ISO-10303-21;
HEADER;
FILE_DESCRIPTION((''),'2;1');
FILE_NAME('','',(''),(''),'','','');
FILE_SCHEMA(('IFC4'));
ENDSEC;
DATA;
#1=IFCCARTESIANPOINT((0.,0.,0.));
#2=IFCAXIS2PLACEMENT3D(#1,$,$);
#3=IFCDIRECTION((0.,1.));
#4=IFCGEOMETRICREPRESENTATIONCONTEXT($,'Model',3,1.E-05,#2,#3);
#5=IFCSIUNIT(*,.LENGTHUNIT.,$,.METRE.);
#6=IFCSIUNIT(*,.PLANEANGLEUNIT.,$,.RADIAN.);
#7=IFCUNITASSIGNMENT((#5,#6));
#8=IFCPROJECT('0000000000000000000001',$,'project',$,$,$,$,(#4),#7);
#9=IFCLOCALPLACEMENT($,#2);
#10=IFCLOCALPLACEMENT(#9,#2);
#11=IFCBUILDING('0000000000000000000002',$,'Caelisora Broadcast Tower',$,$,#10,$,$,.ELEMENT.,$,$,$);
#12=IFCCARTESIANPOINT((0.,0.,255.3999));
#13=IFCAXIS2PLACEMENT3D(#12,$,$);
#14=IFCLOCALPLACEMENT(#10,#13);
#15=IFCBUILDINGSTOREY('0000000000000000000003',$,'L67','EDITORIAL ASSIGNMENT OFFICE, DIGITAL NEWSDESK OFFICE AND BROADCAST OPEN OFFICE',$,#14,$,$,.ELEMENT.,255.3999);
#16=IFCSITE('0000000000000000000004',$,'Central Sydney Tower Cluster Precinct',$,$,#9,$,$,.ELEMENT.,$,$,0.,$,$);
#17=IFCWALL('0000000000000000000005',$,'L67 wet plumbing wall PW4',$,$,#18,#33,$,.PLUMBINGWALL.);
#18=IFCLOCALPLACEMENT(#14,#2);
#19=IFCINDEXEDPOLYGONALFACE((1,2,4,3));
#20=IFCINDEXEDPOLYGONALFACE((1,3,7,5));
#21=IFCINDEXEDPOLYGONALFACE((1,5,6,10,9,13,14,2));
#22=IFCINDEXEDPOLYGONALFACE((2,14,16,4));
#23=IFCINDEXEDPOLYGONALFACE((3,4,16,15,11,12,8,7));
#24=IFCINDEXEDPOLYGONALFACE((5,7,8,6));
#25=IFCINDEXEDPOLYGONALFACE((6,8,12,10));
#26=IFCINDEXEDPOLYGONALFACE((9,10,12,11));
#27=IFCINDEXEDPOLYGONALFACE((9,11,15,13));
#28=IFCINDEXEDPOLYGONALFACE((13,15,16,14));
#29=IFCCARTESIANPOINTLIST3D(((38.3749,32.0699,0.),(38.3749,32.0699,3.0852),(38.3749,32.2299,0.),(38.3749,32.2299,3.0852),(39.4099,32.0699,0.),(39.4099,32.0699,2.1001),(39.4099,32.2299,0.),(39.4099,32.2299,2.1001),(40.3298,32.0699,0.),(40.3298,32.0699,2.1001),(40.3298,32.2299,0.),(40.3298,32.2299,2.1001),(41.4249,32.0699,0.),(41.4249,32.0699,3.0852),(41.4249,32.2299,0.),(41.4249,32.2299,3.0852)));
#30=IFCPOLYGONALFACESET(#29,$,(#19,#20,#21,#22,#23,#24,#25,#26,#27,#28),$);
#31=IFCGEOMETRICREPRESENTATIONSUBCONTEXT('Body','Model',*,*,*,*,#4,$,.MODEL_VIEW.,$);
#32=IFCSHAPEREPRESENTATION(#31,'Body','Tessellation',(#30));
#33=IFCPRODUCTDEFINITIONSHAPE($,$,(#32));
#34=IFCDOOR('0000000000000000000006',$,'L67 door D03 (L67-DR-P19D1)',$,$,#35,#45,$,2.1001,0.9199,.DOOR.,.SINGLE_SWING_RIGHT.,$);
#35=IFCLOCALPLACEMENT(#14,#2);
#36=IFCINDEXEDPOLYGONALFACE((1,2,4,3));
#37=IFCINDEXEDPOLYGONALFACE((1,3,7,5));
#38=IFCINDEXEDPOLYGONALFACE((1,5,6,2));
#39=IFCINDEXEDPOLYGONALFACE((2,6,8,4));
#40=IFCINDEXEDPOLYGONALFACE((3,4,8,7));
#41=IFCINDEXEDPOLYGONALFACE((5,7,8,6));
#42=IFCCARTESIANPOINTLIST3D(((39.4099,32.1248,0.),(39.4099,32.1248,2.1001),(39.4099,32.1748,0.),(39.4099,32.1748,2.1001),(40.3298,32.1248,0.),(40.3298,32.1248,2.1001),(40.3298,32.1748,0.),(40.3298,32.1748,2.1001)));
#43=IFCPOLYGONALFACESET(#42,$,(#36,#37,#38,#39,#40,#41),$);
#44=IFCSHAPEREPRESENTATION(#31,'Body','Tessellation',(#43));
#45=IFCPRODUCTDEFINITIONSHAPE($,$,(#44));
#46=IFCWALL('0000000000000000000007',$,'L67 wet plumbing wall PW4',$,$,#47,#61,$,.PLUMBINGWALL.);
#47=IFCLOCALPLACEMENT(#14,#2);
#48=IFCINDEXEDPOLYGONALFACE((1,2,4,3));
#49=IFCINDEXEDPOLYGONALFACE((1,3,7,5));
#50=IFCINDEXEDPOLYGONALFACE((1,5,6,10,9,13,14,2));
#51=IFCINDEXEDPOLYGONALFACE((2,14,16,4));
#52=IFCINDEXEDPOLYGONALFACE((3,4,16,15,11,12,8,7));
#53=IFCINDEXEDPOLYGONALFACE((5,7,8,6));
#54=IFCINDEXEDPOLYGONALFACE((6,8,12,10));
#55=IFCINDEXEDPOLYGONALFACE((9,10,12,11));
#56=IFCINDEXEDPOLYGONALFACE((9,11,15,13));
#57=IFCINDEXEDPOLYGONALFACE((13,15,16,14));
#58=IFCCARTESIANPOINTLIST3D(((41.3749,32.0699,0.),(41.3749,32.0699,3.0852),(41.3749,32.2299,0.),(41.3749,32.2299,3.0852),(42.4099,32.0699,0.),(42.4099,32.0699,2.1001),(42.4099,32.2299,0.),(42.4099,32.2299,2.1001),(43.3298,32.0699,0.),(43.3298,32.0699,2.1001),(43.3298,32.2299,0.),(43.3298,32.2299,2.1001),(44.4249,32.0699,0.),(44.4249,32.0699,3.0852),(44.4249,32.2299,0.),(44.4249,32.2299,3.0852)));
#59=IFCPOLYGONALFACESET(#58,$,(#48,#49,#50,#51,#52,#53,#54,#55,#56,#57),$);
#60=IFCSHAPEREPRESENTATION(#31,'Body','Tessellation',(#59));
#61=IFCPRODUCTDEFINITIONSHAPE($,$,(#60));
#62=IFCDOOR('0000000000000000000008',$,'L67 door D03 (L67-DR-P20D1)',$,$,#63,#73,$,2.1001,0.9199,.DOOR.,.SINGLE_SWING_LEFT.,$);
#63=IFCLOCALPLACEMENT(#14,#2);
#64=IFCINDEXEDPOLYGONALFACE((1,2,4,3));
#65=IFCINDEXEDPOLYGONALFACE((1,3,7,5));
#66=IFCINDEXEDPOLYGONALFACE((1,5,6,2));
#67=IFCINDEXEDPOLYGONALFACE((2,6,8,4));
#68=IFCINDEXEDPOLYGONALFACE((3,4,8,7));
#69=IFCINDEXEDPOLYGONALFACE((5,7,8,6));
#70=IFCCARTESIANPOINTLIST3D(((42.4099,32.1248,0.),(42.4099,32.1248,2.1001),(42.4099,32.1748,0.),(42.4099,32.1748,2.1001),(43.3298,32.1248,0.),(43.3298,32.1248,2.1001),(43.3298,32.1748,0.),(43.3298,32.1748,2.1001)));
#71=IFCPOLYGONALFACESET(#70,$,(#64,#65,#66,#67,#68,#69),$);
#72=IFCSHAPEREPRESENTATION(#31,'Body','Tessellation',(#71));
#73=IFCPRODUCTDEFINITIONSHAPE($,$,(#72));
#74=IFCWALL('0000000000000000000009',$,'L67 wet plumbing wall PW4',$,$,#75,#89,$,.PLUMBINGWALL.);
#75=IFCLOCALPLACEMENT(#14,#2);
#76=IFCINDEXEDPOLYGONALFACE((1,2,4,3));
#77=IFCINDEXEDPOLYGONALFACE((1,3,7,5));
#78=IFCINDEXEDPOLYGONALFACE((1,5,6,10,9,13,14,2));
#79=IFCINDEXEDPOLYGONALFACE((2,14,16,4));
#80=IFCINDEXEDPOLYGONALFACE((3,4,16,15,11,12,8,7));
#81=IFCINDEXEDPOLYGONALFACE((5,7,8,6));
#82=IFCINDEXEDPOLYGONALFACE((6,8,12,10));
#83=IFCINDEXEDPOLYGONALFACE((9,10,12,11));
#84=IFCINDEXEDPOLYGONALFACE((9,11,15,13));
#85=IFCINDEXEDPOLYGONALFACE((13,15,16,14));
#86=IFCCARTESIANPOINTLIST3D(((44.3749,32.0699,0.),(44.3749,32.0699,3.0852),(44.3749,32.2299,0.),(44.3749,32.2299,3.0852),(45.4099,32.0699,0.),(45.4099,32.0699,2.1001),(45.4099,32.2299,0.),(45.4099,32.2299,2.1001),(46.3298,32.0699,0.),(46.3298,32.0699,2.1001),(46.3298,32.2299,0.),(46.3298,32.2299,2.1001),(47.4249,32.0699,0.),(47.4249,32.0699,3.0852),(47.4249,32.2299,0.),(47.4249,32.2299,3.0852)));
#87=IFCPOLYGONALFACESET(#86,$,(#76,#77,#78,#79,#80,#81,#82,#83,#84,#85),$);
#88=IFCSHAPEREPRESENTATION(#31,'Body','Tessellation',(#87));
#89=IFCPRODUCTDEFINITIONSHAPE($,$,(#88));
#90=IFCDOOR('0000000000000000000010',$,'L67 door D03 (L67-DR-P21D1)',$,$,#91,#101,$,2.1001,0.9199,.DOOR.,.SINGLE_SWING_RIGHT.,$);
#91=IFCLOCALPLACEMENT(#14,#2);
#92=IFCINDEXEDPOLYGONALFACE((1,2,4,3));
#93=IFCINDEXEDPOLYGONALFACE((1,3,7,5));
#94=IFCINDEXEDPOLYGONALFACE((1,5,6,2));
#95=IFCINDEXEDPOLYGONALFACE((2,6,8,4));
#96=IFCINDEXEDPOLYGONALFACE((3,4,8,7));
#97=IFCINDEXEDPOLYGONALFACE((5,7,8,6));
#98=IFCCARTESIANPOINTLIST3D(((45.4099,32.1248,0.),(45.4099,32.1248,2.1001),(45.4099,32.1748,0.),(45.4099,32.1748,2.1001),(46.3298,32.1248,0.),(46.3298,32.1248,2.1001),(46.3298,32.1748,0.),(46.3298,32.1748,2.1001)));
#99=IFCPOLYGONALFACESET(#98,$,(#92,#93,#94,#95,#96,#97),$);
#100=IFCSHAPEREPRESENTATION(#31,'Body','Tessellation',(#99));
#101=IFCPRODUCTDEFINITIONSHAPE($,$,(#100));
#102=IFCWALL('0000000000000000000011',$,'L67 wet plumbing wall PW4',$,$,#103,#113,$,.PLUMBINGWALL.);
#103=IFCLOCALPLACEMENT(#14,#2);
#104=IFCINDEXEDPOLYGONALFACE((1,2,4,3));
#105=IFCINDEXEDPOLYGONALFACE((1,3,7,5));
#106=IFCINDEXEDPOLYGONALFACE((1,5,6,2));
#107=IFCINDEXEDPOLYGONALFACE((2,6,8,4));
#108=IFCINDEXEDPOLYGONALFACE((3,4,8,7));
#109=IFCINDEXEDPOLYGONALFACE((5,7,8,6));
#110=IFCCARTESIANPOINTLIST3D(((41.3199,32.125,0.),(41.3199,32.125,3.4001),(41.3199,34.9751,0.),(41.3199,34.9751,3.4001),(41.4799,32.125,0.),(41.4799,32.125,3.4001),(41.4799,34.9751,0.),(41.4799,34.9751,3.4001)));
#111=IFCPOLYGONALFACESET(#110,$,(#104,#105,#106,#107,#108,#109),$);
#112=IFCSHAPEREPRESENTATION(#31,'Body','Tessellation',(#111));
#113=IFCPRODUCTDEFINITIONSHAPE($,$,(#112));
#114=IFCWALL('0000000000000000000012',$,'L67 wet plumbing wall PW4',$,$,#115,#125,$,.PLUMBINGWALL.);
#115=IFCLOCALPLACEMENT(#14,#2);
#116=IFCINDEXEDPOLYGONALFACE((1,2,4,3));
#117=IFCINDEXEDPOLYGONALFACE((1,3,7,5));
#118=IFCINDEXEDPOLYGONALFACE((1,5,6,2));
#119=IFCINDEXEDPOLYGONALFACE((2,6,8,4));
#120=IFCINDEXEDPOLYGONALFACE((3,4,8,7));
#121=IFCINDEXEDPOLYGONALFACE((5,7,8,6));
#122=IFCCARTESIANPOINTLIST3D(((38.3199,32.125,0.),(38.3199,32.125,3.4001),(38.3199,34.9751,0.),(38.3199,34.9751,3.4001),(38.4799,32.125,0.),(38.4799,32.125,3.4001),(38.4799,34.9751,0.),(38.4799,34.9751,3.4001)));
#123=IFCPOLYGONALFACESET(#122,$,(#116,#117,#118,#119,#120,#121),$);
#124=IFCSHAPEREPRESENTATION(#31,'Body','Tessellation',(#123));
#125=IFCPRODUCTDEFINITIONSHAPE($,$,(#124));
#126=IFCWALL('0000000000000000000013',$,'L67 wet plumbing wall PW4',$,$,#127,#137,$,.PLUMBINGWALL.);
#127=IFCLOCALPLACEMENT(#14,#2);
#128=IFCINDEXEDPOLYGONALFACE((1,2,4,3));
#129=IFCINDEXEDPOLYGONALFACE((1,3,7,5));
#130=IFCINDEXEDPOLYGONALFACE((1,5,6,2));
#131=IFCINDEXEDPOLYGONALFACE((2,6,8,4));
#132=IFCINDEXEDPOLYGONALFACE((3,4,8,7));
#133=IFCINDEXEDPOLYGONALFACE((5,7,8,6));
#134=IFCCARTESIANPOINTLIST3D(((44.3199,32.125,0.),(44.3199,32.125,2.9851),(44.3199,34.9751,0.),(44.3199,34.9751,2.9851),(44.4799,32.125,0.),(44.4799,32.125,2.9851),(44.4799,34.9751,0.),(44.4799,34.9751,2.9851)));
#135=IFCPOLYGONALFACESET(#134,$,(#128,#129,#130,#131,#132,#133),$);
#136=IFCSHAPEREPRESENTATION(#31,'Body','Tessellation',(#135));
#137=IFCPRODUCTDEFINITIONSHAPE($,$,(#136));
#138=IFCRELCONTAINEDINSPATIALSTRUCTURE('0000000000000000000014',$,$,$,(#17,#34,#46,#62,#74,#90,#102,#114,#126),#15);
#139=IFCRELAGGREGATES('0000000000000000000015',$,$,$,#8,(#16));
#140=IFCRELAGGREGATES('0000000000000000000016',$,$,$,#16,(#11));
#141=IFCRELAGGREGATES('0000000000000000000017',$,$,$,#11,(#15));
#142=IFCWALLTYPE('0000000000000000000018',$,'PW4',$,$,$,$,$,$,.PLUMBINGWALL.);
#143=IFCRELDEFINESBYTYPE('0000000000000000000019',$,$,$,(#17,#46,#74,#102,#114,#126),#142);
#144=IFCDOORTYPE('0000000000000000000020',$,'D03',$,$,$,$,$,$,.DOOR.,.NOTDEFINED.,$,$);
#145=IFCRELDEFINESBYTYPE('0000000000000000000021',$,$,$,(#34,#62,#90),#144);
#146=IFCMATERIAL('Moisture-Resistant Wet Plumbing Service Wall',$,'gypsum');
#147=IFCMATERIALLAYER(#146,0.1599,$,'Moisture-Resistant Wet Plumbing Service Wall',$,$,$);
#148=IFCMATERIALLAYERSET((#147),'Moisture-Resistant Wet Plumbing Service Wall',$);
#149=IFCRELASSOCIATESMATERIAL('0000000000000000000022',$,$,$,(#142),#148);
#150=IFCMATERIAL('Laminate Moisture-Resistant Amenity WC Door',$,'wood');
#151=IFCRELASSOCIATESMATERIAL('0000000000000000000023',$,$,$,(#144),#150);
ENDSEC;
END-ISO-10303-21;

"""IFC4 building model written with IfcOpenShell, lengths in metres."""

from ifc_helpers import new_model, si_unit, direction, frame, frame_2d, origin, place, context, subcontext, project, spatial, rectangle, extrude, material, layer, layer_set, type_object, element, fill, save


model = new_model("IFC4")

# Units and contexts
model_context = context("Model", 3, precision=1e-05, world=origin(), true_north=direction((0.0, 1.0)))
body_context = subcontext(model_context, "Body", "Model", "MODEL_VIEW")
ifc_project = project(units=[si_unit("LENGTHUNIT", "METRE"), si_unit("PLANEANGLEUNIT", "RADIAN")], contexts=[model_context])

# Site, building, storey
site_placement = place(None, origin())
site = spatial("IfcSite", under=ifc_project, at=site_placement, Name="Central Sydney Tower Cluster Precinct", CompositionType="ELEMENT", RefElevation=0.0)
building_placement = place(site_placement, origin())
building = spatial("IfcBuilding", under=site, at=building_placement, Name="Caelisora Broadcast Tower", CompositionType="ELEMENT")
storey_placement = place(building_placement, frame((0.0, 0.0, 255.3999)))
storey = spatial("IfcBuildingStorey", under=building, at=storey_placement, Name="L67", Description="EDITORIAL ASSIGNMENT OFFICE, DIGITAL NEWSDESK OFFICE AND BROADCAST OPEN OFFICE", CompositionType="ELEMENT", Elevation=255.3999)

# Walls, openings, doors
ifc_material_1 = material(Name="Moisture-Resistant Wet Plumbing Service Wall", Category="gypsum")
ifc_layer_1 = layer(ifc_material_1, 0.1599, Name="Moisture-Resistant Wet Plumbing Service Wall")
ifc_layer_set_1 = layer_set([ifc_layer_1], Name="Moisture-Resistant Wet Plumbing Service Wall")
wall_type_1 = type_object("IfcWallType", Name="PW4", PredefinedType="PLUMBINGWALL", material=ifc_layer_set_1)
wall_1_placement = place(storey_placement, frame((38.375, 32.1499, 0.0), z_axis=(0.0, 0.0, 1.0), x_axis=(1.0, 0.0, 0.0)))
wall_1 = element("IfcWall", 1, at=wall_1_placement, inside=storey, type_object=wall_type_1, Name="L67 wet plumbing wall PW4", PredefinedType="PLUMBINGWALL", context=body_context, shape_type="SweptSolid", body=[
    extrude(rectangle(XDim=3.05, YDim=0.1599, at=frame_2d((1.5249, 0.0))), origin(), (0.0, 0.0, 1.0), 3.0852),
])
opening_1_placement = place(wall_1_placement, frame((1.0349, 0.0, 0.0)))
opening_1 = element("IfcOpeningElement", 2, at=opening_1_placement, cuts=wall_1, PredefinedType="OPENING", context=body_context, shape_type="SweptSolid", body=[
    extrude(rectangle(XDim=0.9199, YDim=2.1001, at=frame_2d((0.46, 1.05))), frame((0.0, 0.092, 0.0), z_axis=(0.0, -1.0, 0.0), x_axis=(1.0, 0.0, 0.0)), (0.0, 0.0, 1.0), 0.1838),
])
ifc_material_2 = material(Name="Laminate Moisture-Resistant Amenity WC Door", Category="wood")
door_type_1 = type_object("IfcDoorType", Name="D03", OperationType="NOTDEFINED", PredefinedType="DOOR", material=ifc_material_2)
door_1_placement = place(opening_1_placement, origin())
door_1 = element("IfcDoor", 3, at=door_1_placement, inside=storey, type_object=door_type_1, Name="L67 door D03 (L67-DR-P19D1)", OperationType="SINGLE_SWING_RIGHT", OverallHeight=2.1001, OverallWidth=0.9199, PredefinedType="DOOR", context=body_context, shape_type="SweptSolid", body=[
    extrude(rectangle(XDim=0.9199, YDim=2.1001, at=frame_2d((0.46, 1.05))), frame((0.0, 0.0249, 0.0), z_axis=(0.0, -1.0, 0.0), x_axis=(1.0, 0.0, 0.0)), (0.0, 0.0, 1.0), 0.05),
])
fill(opening_1, door_1)
wall_2_placement = place(storey_placement, frame((41.375, 32.1499, 0.0), z_axis=(0.0, 0.0, 1.0), x_axis=(1.0, 0.0, 0.0)))
wall_2 = element("IfcWall", 4, at=wall_2_placement, inside=storey, type_object=wall_type_1, Name="L67 wet plumbing wall PW4", PredefinedType="PLUMBINGWALL", context=body_context, shape_type="SweptSolid", body=[
    extrude(rectangle(XDim=3.05, YDim=0.1599, at=frame_2d((1.5249, 0.0))), origin(), (0.0, 0.0, 1.0), 3.0852),
])
opening_2_placement = place(wall_2_placement, frame((1.0349, 0.0, 0.0)))
opening_2 = element("IfcOpeningElement", 5, at=opening_2_placement, cuts=wall_2, PredefinedType="OPENING", context=body_context, shape_type="SweptSolid", body=[
    extrude(rectangle(XDim=0.9199, YDim=2.1001, at=frame_2d((0.46, 1.05))), frame((0.0, 0.092, 0.0), z_axis=(0.0, -1.0, 0.0), x_axis=(1.0, 0.0, 0.0)), (0.0, 0.0, 1.0), 0.1838),
])
door_2_placement = place(opening_2_placement, origin())
door_2 = element("IfcDoor", 6, at=door_2_placement, inside=storey, type_object=door_type_1, Name="L67 door D03 (L67-DR-P20D1)", OperationType="SINGLE_SWING_LEFT", OverallHeight=2.1001, OverallWidth=0.9199, PredefinedType="DOOR", context=body_context, shape_type="SweptSolid", body=[
    extrude(rectangle(XDim=0.9199, YDim=2.1001, at=frame_2d((0.46, 1.05))), frame((0.0, 0.0249, 0.0), z_axis=(0.0, -1.0, 0.0), x_axis=(1.0, 0.0, 0.0)), (0.0, 0.0, 1.0), 0.05),
])
fill(opening_2, door_2)
wall_3_placement = place(storey_placement, frame((44.375, 32.1499, 0.0), z_axis=(0.0, 0.0, 1.0), x_axis=(1.0, 0.0, 0.0)))
wall_3 = element("IfcWall", 7, at=wall_3_placement, inside=storey, type_object=wall_type_1, Name="L67 wet plumbing wall PW4", PredefinedType="PLUMBINGWALL", context=body_context, shape_type="SweptSolid", body=[
    extrude(rectangle(XDim=3.05, YDim=0.1599, at=frame_2d((1.5249, 0.0))), origin(), (0.0, 0.0, 1.0), 3.0852),
])
opening_3_placement = place(wall_3_placement, frame((1.0349, 0.0, 0.0)))
opening_3 = element("IfcOpeningElement", 8, at=opening_3_placement, cuts=wall_3, PredefinedType="OPENING", context=body_context, shape_type="SweptSolid", body=[
    extrude(rectangle(XDim=0.9199, YDim=2.1001, at=frame_2d((0.46, 1.05))), frame((0.0, 0.092, 0.0), z_axis=(0.0, -1.0, 0.0), x_axis=(1.0, 0.0, 0.0)), (0.0, 0.0, 1.0), 0.1838),
])
door_3_placement = place(opening_3_placement, origin())
door_3 = element("IfcDoor", 9, at=door_3_placement, inside=storey, type_object=door_type_1, Name="L67 door D03 (L67-DR-P21D1)", OperationType="SINGLE_SWING_RIGHT", OverallHeight=2.1001, OverallWidth=0.9199, PredefinedType="DOOR", context=body_context, shape_type="SweptSolid", body=[
    extrude(rectangle(XDim=0.9199, YDim=2.1001, at=frame_2d((0.46, 1.05))), frame((0.0, 0.0249, 0.0), z_axis=(0.0, -1.0, 0.0), x_axis=(1.0, 0.0, 0.0)), (0.0, 0.0, 1.0), 0.05),
])
fill(opening_3, door_3)

# Walls
for number, where, z_axis, x_axis, name in (
    (10, (41.3999, 32.125, 0.0), (0.0, 0.0, 1.0), (0.0, 1.0, 0.0), "L67 wet plumbing wall PW4"),
    (11, (38.3999, 32.125, 0.0), (0.0, 0.0, 1.0), (0.0, 1.0, 0.0), "L67 wet plumbing wall PW4"),
):
    element("IfcWall", number, at=place(storey_placement, frame(where, z_axis=z_axis, x_axis=x_axis)), inside=storey, type_object=wall_type_1, Name=name, PredefinedType="PLUMBINGWALL", context=body_context, shape_type="SweptSolid", body=[
        extrude(rectangle(XDim=2.8501, YDim=0.1599, at=frame_2d((1.425, 0.0))), origin(), (0.0, 0.0, 1.0), 3.4001),
    ])
wall_4_placement = place(storey_placement, frame((44.3999, 32.125, 0.0), z_axis=(0.0, 0.0, 1.0), x_axis=(0.0, 1.0, 0.0)))
element("IfcWall", 12, at=wall_4_placement, inside=storey, type_object=wall_type_1, Name="L67 wet plumbing wall PW4", PredefinedType="PLUMBINGWALL", context=body_context, shape_type="SweptSolid", body=[
    extrude(rectangle(XDim=2.8501, YDim=0.1599, at=frame_2d((1.425, 0.0))), origin(), (0.0, 0.0, 1.0), 2.9851),
])

save(model, "model.ifc")
